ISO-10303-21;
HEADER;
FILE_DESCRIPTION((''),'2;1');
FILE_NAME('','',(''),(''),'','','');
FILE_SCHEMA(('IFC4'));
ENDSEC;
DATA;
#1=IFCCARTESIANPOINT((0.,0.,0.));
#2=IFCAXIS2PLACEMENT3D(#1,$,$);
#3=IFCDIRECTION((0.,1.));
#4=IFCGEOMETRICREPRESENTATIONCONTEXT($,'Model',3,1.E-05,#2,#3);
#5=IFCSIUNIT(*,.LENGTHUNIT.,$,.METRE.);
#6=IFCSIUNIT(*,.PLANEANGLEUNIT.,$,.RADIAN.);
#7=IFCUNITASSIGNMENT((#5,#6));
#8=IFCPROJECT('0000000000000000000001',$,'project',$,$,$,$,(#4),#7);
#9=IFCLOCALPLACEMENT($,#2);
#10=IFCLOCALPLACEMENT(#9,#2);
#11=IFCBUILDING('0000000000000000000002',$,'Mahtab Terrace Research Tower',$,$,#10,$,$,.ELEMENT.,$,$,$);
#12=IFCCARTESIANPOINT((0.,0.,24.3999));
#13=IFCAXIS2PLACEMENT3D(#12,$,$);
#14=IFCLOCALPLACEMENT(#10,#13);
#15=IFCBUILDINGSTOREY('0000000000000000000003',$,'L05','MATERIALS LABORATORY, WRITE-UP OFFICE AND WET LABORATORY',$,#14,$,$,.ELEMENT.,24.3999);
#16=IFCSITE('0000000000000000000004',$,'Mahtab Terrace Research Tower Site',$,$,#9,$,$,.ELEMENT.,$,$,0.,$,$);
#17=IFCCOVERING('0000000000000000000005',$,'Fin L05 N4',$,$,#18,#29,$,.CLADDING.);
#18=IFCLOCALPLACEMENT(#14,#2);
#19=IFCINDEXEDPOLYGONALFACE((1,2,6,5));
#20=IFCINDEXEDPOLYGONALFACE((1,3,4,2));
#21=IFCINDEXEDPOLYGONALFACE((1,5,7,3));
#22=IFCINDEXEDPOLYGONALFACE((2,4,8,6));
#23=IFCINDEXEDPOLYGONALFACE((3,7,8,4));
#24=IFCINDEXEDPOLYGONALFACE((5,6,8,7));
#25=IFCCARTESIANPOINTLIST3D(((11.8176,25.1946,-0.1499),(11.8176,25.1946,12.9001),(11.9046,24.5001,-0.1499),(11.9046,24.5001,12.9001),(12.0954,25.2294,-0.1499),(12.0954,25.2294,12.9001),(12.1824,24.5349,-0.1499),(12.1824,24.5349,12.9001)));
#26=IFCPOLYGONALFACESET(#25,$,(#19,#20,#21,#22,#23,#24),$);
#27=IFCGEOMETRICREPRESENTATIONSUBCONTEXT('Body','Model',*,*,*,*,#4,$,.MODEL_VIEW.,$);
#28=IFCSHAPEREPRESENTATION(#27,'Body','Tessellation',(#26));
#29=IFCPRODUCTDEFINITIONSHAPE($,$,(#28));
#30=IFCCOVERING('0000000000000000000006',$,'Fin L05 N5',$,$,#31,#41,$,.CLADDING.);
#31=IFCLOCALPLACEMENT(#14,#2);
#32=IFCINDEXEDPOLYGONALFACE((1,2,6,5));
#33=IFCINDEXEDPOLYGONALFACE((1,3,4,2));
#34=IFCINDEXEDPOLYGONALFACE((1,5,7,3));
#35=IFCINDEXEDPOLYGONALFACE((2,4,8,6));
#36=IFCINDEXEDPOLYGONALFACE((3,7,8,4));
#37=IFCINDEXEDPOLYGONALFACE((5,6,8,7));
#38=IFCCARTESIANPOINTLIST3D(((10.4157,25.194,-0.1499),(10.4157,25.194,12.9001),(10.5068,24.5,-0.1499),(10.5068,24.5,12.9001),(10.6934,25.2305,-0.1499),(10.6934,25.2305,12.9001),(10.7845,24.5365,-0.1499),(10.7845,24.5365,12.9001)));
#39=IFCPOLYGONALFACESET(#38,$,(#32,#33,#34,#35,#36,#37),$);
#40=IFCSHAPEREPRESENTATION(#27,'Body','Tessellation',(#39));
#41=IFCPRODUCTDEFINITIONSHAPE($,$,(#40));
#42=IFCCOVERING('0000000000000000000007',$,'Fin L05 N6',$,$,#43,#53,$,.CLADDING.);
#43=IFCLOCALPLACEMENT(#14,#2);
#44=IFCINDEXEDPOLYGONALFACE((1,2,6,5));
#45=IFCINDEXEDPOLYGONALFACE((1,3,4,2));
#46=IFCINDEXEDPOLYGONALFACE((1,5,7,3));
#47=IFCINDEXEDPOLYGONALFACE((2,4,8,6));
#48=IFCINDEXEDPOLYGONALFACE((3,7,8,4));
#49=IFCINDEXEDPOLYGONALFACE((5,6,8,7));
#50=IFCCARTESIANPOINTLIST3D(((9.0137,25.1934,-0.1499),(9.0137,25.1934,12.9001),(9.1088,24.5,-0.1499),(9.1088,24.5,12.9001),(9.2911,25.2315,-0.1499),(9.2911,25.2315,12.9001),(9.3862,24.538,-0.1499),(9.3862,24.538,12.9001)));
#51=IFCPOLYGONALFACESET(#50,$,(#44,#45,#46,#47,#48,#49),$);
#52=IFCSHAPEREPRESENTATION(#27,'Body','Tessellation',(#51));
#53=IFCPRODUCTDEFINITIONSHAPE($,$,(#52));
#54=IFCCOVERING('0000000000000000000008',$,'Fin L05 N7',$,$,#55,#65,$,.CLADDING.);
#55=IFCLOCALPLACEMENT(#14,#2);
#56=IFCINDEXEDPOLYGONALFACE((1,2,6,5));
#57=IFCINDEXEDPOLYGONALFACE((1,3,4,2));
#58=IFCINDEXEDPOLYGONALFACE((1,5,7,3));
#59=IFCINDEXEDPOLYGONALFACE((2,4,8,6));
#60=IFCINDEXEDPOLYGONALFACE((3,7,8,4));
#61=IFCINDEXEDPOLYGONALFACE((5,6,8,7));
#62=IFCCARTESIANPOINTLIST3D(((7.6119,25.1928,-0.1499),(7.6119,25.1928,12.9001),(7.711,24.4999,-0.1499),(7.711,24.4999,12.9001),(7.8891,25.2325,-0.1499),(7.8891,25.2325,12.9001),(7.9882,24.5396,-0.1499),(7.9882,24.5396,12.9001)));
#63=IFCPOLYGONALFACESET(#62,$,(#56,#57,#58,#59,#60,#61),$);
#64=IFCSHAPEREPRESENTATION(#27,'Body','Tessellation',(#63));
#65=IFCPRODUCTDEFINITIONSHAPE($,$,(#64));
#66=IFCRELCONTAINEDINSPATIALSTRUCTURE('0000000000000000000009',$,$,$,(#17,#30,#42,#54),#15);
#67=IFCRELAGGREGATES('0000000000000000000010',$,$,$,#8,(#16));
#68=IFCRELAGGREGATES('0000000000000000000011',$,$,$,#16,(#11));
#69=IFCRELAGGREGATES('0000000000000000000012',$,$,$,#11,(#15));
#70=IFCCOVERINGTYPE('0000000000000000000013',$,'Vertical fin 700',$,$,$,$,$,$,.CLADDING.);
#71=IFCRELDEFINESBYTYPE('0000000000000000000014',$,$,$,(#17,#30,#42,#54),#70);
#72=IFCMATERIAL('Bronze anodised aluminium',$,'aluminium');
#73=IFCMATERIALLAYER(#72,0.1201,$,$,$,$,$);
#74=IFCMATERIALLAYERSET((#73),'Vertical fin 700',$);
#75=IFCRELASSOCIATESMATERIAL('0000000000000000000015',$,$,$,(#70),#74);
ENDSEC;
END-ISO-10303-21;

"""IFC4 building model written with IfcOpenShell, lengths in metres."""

from ifc_helpers import new_model, si_unit, direction, frame, origin, origin_2d, place, context, subcontext, project, spatial, rectangle, extrude, material, layer, layer_set, type_object, element, save


model = new_model("IFC4")

# Units and contexts
model_context = context("Model", 3, precision=1e-05, world=origin(), true_north=direction((0.0, 1.0)))
body_context = subcontext(model_context, "Body", "Model", "MODEL_VIEW")
ifc_project = project(units=[si_unit("LENGTHUNIT", "METRE"), si_unit("PLANEANGLEUNIT", "RADIAN")], contexts=[model_context])

# Site, building, storey
site_placement = place(None, origin())
site = spatial("IfcSite", under=ifc_project, at=site_placement, Name="Mahtab Terrace Research Tower Site", CompositionType="ELEMENT", RefElevation=0.0)
building_placement = place(site_placement, origin())
building = spatial("IfcBuilding", under=site, at=building_placement, Name="Mahtab Terrace Research Tower", CompositionType="ELEMENT")
storey_placement = place(building_placement, frame((0.0, 0.0, 24.3999)))
storey = spatial("IfcBuildingStorey", under=building, at=storey_placement, Name="L05", Description="MATERIALS LABORATORY, WRITE-UP OFFICE AND WET LABORATORY", CompositionType="ELEMENT", Elevation=24.3999)

# Coverings
ifc_material_1 = material(Name="Bronze anodised aluminium", Category="aluminium")
ifc_layer_1 = layer(ifc_material_1, 0.1201)
ifc_layer_set_1 = layer_set([ifc_layer_1], Name="Vertical fin 700")
covering_type = type_object("IfcCoveringType", Name="Vertical fin 700", PredefinedType="CLADDING", material=ifc_layer_set_1)
for number, where, z_axis, x_axis, name in (
    (1, (12.0, 24.8647, -0.1499), (0.0, 0.0, 1.0), (-0.992239, -0.124344, 0.0), "Fin L05 N4"),
    (2, (10.6001, 24.8652, -0.1499), (0.0, 0.0, 1.0), (-0.991499, -0.130114, 0.0), "Fin L05 N5"),
    (3, (9.2, 24.8657, -0.1499), (0.0, 0.0, 1.0), (-0.990725, -0.13588, 0.0), "Fin L05 N6"),
    (4, (7.8, 24.8662, -0.1499), (0.0, 0.0, 1.0), (-0.989918, -0.141642, 0.0), "Fin L05 N7"),
):
    element("IfcCovering", number, at=place(storey_placement, frame(where, z_axis=z_axis, x_axis=x_axis)), inside=storey, type_object=covering_type, Name=name, PredefinedType="CLADDING", context=body_context, shape_type="SweptSolid", body=[
        extrude(rectangle(XDim=0.28, YDim=0.7, at=origin_2d()), origin(), (0.0, 0.0, 1.0), 13.05),
    ])

save(model, "model.ifc")
